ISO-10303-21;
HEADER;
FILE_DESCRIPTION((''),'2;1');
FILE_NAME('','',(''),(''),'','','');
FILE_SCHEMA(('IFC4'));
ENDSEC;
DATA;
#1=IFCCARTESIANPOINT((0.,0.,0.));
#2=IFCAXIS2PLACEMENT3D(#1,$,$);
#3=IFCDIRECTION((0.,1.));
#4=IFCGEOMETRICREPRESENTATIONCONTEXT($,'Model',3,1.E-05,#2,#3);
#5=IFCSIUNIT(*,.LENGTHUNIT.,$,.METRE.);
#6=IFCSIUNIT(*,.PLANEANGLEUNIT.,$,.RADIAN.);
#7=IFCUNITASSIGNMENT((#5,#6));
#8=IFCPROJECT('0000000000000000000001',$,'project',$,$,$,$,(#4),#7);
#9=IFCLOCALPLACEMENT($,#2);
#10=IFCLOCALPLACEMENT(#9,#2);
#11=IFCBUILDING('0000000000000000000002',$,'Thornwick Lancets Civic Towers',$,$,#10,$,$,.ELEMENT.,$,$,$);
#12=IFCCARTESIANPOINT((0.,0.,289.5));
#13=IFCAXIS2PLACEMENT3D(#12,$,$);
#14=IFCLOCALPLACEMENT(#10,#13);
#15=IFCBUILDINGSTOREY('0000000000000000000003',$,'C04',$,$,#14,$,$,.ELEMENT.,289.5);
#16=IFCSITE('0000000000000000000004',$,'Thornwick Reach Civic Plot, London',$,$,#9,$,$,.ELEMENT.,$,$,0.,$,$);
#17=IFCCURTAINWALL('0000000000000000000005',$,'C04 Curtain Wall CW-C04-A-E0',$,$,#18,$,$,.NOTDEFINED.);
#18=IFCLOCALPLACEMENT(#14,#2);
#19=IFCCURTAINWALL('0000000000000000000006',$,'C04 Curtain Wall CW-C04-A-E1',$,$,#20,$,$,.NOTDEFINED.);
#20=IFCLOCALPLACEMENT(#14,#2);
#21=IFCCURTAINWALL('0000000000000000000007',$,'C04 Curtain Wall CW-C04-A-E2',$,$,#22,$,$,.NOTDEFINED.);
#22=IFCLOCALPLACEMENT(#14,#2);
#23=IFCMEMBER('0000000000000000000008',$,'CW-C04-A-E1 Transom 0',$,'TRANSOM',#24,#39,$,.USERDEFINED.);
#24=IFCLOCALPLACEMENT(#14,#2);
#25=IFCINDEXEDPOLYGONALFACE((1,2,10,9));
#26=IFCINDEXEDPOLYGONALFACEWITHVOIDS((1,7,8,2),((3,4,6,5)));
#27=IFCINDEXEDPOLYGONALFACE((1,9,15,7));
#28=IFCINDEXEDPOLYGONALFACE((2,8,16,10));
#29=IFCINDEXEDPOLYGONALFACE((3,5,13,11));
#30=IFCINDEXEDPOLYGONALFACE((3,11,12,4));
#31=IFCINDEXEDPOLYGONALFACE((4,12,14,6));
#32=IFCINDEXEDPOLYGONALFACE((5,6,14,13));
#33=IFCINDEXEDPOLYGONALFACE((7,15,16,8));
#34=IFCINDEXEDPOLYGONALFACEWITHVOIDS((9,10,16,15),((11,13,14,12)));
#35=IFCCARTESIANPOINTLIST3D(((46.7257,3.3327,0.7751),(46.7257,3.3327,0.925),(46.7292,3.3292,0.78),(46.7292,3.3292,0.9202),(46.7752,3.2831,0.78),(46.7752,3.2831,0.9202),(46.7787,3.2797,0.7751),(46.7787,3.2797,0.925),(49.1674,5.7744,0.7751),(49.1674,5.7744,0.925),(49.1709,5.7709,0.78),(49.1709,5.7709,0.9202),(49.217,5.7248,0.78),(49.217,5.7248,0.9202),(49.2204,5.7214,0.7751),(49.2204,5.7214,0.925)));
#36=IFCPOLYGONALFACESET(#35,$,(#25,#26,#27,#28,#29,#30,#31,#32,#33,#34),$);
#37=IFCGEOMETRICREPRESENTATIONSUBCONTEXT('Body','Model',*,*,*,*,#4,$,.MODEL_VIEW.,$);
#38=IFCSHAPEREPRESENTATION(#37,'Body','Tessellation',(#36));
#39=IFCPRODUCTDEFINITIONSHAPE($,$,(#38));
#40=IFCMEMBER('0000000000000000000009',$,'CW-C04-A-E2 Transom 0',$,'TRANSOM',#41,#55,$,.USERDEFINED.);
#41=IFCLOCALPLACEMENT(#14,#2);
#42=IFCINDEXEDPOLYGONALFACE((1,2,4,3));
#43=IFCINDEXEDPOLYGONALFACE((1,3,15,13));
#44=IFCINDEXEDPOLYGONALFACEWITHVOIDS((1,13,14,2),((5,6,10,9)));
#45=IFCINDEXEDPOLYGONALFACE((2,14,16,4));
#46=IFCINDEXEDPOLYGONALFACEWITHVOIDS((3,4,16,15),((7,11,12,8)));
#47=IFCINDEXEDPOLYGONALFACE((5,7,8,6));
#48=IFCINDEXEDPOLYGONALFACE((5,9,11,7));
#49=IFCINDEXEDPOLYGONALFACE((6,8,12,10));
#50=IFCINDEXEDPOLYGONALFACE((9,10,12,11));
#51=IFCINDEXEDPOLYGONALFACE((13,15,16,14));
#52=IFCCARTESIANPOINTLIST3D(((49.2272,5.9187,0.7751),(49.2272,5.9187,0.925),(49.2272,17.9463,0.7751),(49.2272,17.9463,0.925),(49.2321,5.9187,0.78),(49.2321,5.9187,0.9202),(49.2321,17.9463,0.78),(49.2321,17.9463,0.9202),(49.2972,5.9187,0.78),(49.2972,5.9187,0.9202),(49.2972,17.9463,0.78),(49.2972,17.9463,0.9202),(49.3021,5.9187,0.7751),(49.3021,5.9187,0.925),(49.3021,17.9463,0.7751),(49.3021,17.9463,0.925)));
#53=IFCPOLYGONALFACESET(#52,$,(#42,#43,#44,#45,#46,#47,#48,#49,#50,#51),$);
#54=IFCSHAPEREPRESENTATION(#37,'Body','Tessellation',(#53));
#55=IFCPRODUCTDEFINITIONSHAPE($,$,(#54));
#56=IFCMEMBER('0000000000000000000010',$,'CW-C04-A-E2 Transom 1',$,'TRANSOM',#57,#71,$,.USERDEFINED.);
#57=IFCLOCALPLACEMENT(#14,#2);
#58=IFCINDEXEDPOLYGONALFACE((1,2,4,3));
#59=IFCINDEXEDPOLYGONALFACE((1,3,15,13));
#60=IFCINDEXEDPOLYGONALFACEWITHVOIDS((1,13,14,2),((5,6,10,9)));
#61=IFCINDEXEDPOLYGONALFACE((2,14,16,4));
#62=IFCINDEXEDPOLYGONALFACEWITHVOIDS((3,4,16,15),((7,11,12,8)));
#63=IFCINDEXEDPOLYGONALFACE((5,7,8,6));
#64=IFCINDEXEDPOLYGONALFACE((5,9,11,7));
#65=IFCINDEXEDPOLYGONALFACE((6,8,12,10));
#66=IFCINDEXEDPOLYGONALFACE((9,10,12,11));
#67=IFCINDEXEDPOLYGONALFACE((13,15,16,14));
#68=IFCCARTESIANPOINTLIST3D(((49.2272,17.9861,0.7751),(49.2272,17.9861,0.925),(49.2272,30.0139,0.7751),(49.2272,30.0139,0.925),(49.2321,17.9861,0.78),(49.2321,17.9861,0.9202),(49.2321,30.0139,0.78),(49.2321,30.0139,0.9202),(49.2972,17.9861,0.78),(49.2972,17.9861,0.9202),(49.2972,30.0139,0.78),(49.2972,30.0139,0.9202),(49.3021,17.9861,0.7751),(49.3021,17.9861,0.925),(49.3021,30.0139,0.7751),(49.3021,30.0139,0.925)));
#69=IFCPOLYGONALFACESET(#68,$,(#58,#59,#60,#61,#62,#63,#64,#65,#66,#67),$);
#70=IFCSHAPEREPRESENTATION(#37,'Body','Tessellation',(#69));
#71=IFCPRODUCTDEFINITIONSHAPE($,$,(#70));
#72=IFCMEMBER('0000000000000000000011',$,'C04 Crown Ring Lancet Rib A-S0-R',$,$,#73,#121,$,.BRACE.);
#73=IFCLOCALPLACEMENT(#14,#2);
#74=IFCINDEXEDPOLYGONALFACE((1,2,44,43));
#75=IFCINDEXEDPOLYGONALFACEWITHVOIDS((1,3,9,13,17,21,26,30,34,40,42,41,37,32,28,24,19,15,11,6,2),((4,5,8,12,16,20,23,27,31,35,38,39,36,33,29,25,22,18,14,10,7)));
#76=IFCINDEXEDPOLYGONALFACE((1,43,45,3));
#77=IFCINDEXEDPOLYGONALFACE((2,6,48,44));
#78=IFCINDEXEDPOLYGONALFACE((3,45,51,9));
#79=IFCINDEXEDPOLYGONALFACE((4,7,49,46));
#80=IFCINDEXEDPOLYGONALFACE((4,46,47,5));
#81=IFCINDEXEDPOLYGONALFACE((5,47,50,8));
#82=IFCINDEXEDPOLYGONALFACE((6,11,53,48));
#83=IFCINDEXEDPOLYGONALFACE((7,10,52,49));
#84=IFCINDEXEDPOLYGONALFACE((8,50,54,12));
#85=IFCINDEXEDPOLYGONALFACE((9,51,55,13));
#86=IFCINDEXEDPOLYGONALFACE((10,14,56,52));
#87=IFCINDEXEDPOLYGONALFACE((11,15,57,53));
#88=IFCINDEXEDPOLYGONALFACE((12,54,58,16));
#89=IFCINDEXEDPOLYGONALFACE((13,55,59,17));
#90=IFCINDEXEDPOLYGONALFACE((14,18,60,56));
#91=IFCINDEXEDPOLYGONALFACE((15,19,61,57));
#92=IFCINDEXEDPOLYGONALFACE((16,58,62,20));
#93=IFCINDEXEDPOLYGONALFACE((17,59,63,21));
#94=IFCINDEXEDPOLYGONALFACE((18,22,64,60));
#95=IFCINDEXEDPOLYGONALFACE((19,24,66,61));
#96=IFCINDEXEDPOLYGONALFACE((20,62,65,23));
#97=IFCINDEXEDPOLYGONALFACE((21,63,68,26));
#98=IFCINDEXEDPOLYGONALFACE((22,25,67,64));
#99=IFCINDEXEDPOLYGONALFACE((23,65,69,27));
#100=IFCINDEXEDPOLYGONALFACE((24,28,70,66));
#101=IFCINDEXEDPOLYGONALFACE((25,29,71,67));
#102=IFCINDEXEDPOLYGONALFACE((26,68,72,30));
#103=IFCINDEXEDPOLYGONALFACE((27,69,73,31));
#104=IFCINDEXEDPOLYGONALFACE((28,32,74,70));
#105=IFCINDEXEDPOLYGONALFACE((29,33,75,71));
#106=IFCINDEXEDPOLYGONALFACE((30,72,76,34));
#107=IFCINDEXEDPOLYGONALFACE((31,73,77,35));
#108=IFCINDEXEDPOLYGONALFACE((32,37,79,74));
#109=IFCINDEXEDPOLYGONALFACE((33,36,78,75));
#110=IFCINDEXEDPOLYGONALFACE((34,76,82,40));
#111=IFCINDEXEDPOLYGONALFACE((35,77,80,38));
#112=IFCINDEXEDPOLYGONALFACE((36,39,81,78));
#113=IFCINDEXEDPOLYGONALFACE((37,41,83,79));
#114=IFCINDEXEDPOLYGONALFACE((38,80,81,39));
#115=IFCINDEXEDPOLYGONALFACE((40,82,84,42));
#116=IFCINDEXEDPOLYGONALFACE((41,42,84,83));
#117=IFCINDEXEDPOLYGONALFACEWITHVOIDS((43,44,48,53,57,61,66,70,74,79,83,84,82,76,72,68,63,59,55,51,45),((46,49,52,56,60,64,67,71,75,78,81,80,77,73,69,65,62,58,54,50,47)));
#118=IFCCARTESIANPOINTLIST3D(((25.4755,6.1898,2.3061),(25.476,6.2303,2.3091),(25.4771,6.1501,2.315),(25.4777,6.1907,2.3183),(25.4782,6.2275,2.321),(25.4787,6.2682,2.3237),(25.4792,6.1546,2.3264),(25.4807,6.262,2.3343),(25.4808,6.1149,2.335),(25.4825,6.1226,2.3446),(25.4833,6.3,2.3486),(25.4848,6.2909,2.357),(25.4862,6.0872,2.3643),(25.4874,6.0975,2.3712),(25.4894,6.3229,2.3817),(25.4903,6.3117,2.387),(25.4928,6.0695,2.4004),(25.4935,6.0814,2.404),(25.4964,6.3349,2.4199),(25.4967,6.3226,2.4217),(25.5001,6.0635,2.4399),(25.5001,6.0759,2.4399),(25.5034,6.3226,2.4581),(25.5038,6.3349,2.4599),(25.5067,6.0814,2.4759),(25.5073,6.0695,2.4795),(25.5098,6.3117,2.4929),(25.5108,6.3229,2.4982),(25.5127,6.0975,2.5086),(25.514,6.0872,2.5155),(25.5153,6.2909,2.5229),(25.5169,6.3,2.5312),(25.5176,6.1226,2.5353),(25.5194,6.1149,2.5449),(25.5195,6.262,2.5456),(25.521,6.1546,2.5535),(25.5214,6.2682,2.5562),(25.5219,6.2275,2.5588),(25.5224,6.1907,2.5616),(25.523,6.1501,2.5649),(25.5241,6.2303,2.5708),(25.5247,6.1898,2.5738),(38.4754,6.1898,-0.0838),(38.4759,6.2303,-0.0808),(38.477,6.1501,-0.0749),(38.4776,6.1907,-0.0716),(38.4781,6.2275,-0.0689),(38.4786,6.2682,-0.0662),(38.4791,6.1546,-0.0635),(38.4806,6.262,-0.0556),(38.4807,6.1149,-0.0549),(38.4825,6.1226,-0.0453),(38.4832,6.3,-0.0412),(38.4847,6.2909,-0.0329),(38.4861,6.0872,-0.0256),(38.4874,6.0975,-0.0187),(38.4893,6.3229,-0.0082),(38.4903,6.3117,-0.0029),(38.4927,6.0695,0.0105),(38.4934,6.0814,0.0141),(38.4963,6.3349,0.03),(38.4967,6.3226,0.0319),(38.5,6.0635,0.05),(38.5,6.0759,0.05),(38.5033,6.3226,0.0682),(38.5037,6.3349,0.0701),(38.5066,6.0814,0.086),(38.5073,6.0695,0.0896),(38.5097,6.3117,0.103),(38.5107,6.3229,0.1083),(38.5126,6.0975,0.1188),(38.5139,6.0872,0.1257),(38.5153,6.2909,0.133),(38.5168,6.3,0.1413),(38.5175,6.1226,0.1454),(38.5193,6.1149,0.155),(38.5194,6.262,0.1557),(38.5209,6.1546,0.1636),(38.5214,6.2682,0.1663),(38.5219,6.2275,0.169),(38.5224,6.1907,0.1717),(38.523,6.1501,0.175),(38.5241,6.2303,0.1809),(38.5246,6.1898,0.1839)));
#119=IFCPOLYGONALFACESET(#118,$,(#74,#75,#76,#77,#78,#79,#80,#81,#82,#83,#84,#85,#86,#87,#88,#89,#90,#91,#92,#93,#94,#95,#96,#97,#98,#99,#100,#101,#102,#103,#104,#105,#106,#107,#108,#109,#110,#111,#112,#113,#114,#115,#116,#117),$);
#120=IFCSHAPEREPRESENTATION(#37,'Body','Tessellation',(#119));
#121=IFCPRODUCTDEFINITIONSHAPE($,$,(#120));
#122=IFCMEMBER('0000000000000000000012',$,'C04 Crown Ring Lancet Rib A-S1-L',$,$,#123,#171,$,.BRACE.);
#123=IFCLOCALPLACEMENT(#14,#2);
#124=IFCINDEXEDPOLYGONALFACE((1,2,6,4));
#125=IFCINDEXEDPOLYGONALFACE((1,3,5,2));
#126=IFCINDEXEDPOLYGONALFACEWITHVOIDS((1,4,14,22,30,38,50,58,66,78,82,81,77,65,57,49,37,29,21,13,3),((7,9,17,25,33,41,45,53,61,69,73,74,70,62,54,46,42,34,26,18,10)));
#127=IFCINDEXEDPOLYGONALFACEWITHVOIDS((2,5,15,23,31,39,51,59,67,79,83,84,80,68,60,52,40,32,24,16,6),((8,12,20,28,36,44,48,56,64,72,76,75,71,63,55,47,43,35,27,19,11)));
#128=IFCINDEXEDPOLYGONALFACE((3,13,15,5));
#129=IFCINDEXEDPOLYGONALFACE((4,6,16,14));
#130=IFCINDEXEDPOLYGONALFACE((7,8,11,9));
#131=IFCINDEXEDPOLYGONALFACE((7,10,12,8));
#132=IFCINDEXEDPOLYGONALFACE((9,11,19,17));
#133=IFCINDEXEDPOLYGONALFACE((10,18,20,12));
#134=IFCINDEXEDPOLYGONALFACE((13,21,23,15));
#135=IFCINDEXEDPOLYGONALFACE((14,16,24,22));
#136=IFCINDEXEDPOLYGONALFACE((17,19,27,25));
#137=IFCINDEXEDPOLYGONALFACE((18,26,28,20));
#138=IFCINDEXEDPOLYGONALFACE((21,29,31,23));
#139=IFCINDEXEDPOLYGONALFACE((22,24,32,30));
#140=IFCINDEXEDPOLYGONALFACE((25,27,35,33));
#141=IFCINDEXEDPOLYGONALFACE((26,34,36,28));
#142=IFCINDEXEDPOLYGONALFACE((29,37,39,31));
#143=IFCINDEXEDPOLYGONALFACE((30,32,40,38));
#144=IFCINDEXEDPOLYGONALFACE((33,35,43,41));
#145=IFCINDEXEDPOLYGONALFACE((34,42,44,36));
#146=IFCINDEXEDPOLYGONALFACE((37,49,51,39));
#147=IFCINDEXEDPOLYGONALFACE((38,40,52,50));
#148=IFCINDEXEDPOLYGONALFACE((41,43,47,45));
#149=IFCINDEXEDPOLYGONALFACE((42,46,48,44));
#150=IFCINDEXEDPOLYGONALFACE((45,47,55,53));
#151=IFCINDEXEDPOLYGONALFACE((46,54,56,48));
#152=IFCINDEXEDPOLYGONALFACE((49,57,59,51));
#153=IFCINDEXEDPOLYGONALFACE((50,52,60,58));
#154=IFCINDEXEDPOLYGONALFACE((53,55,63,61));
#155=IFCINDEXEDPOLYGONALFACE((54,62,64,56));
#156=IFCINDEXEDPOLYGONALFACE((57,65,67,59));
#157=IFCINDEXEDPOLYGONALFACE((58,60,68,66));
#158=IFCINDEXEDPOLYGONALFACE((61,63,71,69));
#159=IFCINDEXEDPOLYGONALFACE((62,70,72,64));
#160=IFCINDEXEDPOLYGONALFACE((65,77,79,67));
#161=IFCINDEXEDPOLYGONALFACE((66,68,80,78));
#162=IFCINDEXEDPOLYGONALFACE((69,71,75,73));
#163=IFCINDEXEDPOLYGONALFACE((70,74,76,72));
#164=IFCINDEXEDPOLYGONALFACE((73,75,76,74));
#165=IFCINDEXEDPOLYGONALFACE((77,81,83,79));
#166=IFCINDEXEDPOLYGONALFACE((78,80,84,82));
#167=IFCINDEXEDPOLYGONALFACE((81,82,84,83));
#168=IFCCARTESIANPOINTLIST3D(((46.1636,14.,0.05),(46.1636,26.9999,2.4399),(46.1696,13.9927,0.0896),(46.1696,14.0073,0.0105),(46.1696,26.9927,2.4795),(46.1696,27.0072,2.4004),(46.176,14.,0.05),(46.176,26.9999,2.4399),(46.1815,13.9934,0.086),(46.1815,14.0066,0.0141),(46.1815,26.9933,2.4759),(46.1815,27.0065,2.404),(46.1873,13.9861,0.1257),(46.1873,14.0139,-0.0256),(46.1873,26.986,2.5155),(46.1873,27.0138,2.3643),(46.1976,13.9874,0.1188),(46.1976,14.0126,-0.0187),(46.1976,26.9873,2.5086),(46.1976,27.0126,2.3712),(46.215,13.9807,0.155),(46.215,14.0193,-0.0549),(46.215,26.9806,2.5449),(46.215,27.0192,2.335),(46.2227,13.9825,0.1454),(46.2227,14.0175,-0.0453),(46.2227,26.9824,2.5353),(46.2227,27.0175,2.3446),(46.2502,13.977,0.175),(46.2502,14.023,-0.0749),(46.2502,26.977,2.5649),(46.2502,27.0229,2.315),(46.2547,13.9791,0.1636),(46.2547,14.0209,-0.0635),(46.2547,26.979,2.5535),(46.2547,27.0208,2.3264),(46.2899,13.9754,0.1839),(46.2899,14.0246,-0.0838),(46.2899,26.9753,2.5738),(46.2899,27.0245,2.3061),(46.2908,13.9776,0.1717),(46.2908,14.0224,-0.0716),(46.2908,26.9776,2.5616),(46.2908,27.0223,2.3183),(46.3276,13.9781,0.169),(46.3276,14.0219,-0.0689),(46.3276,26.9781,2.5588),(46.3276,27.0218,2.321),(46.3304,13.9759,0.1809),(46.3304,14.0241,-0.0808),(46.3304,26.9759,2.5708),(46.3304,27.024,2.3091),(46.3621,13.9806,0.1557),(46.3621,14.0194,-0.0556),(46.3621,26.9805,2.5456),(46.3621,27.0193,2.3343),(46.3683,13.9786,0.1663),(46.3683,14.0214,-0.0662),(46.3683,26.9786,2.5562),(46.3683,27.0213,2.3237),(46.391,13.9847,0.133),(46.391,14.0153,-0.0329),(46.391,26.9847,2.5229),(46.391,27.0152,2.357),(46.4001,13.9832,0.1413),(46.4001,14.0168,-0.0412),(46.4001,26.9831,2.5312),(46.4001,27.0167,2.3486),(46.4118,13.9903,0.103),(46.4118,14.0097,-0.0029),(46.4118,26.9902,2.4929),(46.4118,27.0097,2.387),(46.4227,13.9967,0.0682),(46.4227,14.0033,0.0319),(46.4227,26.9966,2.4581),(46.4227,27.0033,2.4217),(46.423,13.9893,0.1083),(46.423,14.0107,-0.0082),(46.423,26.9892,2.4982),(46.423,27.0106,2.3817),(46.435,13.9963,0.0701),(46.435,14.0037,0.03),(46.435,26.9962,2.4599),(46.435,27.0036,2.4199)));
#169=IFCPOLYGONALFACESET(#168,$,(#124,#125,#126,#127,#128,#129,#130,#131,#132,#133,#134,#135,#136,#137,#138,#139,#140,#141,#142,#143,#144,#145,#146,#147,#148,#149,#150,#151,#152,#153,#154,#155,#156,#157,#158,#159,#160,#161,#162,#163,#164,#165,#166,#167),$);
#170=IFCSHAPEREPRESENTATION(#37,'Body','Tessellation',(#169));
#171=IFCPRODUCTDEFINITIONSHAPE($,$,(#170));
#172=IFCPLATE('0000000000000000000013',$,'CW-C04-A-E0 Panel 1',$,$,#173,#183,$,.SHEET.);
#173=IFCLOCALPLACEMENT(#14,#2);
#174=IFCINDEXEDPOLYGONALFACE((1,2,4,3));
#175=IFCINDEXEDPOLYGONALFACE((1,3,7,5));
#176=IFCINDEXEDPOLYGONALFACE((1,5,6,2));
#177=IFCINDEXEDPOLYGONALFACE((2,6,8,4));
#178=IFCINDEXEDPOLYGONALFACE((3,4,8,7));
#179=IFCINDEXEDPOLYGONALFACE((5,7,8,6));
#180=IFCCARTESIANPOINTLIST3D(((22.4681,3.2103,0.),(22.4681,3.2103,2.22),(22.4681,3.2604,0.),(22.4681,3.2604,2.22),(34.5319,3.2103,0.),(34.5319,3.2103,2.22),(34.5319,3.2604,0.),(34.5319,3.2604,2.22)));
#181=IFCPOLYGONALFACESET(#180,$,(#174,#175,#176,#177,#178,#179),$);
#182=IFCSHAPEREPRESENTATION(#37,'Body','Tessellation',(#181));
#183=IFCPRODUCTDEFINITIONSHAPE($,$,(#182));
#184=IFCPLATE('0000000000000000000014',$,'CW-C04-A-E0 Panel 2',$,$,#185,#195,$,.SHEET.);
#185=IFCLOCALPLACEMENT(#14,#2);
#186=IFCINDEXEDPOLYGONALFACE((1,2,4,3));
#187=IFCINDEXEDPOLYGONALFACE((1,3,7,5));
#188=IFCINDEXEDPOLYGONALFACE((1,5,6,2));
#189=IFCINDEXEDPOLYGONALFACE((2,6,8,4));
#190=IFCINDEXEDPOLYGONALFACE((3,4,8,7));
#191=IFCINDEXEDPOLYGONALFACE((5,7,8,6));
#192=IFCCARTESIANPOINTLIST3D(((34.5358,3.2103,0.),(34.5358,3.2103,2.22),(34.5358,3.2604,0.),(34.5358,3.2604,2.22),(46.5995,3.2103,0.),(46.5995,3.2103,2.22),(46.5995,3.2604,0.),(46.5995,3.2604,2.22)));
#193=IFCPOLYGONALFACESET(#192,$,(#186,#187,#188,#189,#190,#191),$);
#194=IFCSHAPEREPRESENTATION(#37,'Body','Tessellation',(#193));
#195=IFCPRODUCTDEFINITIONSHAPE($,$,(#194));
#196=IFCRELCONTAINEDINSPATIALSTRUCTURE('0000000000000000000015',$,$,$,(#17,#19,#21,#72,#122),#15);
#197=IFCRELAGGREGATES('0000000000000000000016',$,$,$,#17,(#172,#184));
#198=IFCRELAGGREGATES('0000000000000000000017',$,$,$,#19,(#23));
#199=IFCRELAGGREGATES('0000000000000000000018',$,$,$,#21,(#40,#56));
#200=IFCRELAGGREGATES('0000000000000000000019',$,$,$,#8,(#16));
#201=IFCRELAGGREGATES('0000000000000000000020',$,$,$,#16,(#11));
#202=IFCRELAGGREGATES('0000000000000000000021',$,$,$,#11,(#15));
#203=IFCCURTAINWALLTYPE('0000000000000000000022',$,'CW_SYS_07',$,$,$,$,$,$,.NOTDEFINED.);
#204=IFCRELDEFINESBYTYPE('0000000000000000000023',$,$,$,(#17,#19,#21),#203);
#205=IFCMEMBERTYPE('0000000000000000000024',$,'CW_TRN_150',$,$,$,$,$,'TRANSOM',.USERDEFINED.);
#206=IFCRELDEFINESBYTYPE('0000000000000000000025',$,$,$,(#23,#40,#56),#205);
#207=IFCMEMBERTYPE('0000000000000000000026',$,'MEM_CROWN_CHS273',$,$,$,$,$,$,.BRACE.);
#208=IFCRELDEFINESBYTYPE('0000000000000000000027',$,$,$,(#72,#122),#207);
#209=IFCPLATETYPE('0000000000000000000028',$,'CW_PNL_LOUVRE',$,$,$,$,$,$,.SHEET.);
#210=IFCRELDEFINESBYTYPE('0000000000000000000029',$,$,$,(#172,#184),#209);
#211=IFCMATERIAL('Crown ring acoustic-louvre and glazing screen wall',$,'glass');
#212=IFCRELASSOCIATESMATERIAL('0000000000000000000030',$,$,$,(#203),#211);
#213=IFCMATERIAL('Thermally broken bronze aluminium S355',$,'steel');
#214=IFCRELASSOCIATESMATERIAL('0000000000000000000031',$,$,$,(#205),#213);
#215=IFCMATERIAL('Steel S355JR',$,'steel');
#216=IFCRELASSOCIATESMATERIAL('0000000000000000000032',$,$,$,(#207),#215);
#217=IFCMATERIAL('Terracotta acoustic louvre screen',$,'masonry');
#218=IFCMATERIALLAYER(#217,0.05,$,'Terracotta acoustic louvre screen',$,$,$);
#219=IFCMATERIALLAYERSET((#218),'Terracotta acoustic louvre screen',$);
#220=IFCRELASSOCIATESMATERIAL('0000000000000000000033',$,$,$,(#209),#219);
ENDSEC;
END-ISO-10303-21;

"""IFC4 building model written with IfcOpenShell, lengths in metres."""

from ifc_helpers import new_model, si_unit, direction, frame, origin, origin_2d, place, context, subcontext, project, spatial, rectangle, hollow_rectangle, hollow_circle, extrude, material, layer, layer_set, material_profile, profile_set, type_object, element, aggregate, save


model = new_model("IFC4")

# Units and contexts
model_context = context("Model", 3, precision=1e-05, world=origin(), true_north=direction((0.0, 1.0)))
body_context = subcontext(model_context, "Body", "Model", "MODEL_VIEW")
ifc_project = project(units=[si_unit("LENGTHUNIT", "METRE"), si_unit("PLANEANGLEUNIT", "RADIAN")], contexts=[model_context])

# Site, building, storey
site_placement = place(None, origin())
site = spatial("IfcSite", under=ifc_project, at=site_placement, Name="Thornwick Reach Civic Plot, London", CompositionType="ELEMENT", RefElevation=0.0)
building_placement = place(site_placement, origin())
building = spatial("IfcBuilding", under=site, at=building_placement, Name="Thornwick Lancets Civic Towers", CompositionType="ELEMENT")
storey_placement = place(building_placement, frame((0.0, 0.0, 289.5)))
storey = spatial("IfcBuildingStorey", under=building, at=storey_placement, Name="C04", CompositionType="ELEMENT", Elevation=289.5)

# Shared definitions
ifc_material_1 = material(Name="Steel S355JR", Category="steel")

# Curtain walls
ifc_material_2 = material(Name="Crown ring acoustic-louvre and glazing screen wall", Category="glass")
curtain_wall_type = type_object("IfcCurtainWallType", Name="CW_SYS_07", PredefinedType="NOTDEFINED", material=ifc_material_2)
curtain_wall_1_placement = place(storey_placement, origin())
curtain_wall_1 = element("IfcCurtainWall", 1, at=curtain_wall_1_placement, inside=storey, type_object=curtain_wall_type, Name="C04 Curtain Wall CW-C04-A-E0", PredefinedType="NOTDEFINED")
ifc_material_3 = material(Name="Thermally broken bronze aluminium S355", Category="steel")
curtain_wall_2_placement = place(storey_placement, origin())
curtain_wall_2 = element("IfcCurtainWall", 2, at=curtain_wall_2_placement, inside=storey, type_object=curtain_wall_type, Name="C04 Curtain Wall CW-C04-A-E1", PredefinedType="NOTDEFINED")
curtain_wall_3_placement = place(storey_placement, origin())
curtain_wall_3 = element("IfcCurtainWall", 3, at=curtain_wall_3_placement, inside=storey, type_object=curtain_wall_type, Name="C04 Curtain Wall CW-C04-A-E2", PredefinedType="NOTDEFINED")

# Members
ifc_material_profile_1 = material_profile(ifc_material_3, hollow_rectangle(XDim=0.075, YDim=0.1499, WallThickness=0.0049, at=origin_2d()), Name="RHS 150x75x5")
ifc_profile_set_1 = profile_set([ifc_material_profile_1], Name="Thermally broken bronze aluminium S355")
member_type_1 = type_object("IfcMemberType", Name="CW_TRN_150", ElementType="TRANSOM", PredefinedType="USERDEFINED", material=ifc_profile_set_1)
member_1_placement = place(storey_placement, frame((46.7522, 3.3062, 0.8501), z_axis=(0.707107, 0.707107, 0.0), x_axis=(-0.707107, 0.707107, 0.0)))
member_1 = element("IfcMember", 4, at=member_1_placement, type_object=member_type_1, Name="CW-C04-A-E1 Transom 0", ObjectType="TRANSOM", PredefinedType="USERDEFINED", context=body_context, shape_type="SweptSolid", body=[
    extrude(hollow_rectangle(XDim=0.075, YDim=0.1499, WallThickness=0.0049, at=origin_2d()), origin(), (0.0, 0.0, 1.0), 3.4531),
])
member_2_placement = place(storey_placement, frame((49.2646, 5.9187, 0.8501), z_axis=(0.0, 1.0, 0.0), x_axis=(-1.0, 0.0, 0.0)))
member_2 = element("IfcMember", 5, at=member_2_placement, type_object=member_type_1, Name="CW-C04-A-E2 Transom 0", ObjectType="TRANSOM", PredefinedType="USERDEFINED", context=body_context, shape_type="SweptSolid", body=[
    extrude(hollow_rectangle(XDim=0.075, YDim=0.1499, WallThickness=0.0049, at=origin_2d()), origin(), (0.0, 0.0, 1.0), 12.0276),
])
member_3_placement = place(storey_placement, frame((49.2646, 17.9861, 0.8501), z_axis=(0.0, 1.0, 0.0), x_axis=(-1.0, 0.0, 0.0)))
member_3 = element("IfcMember", 6, at=member_3_placement, type_object=member_type_1, Name="CW-C04-A-E2 Transom 1", ObjectType="TRANSOM", PredefinedType="USERDEFINED", context=body_context, shape_type="SweptSolid", body=[
    extrude(hollow_rectangle(XDim=0.075, YDim=0.1499, WallThickness=0.0049, at=origin_2d()), origin(), (0.0, 0.0, 1.0), 12.0278),
])

# Members
ifc_material_profile_2 = material_profile(ifc_material_1, hollow_circle(Radius=0.1365, WallThickness=0.0125, at=origin_2d()), Name="CHS 273x12.5")
ifc_profile_set_2 = profile_set([ifc_material_profile_2], Name="Steel S355JR")
member_type_2 = type_object("IfcMemberType", Name="MEM_CROWN_CHS273", PredefinedType="BRACE", material=ifc_profile_set_2)
for number, where, z_axis, x_axis, name in (
    (7, (38.5, 6.2, 0.05), (-0.983518, 0.0, 0.180808), (0.0, -1.0, 0.0), "C04 Crown Ring Lancet Rib A-S0-R"),
    (8, (46.3, 14.0, 0.05), (0.0, 0.983518, 0.180808), (-1.0, 0.0, 0.0), "C04 Crown Ring Lancet Rib A-S1-L"),
):
    element("IfcMember", number, at=place(storey_placement, frame(where, z_axis=z_axis, x_axis=x_axis)), inside=storey, type_object=member_type_2, Name=name, PredefinedType="BRACE", context=body_context, shape_type="SweptSolid", body=[
        extrude(hollow_circle(Radius=0.1365, WallThickness=0.0125, at=origin_2d()), origin(), (0.0, 0.0, 1.0), 13.2178),
    ])

# Plates
ifc_material_4 = material(Name="Terracotta acoustic louvre screen", Category="masonry")
ifc_layer_1 = layer(ifc_material_4, 0.05, Name="Terracotta acoustic louvre screen")
ifc_layer_set_1 = layer_set([ifc_layer_1], Name="Terracotta acoustic louvre screen")
plate_type_1 = type_object("IfcPlateType", Name="CW_PNL_LOUVRE", PredefinedType="SHEET", material=ifc_layer_set_1)
plate_1_placement = place(storey_placement, frame((28.5, 3.2354, 0.0), z_axis=(0.0, 0.0, 1.0), x_axis=(1.0, 0.0, 0.0)))
plate_1 = element("IfcPlate", 9, at=plate_1_placement, type_object=plate_type_1, Name="CW-C04-A-E0 Panel 1", PredefinedType="SHEET", context=body_context, shape_type="SweptSolid", body=[
    extrude(rectangle(XDim=12.0637, YDim=0.05, at=origin_2d()), origin(), (0.0, 0.0, 1.0), 2.22),
])
plate_2_placement = place(storey_placement, frame((40.5676, 3.2354, 0.0), z_axis=(0.0, 0.0, 1.0), x_axis=(1.0, 0.0, 0.0)))
plate_2 = element("IfcPlate", 10, at=plate_2_placement, type_object=plate_type_1, Name="CW-C04-A-E0 Panel 2", PredefinedType="SHEET", context=body_context, shape_type="SweptSolid", body=[
    extrude(rectangle(XDim=12.0637, YDim=0.05, at=origin_2d()), origin(), (0.0, 0.0, 1.0), 2.22),
])
aggregate(curtain_wall_1, [plate_1, plate_2])
aggregate(curtain_wall_2, [member_1])
aggregate(curtain_wall_3, [member_2, member_3])

save(model, "model.ifc")
